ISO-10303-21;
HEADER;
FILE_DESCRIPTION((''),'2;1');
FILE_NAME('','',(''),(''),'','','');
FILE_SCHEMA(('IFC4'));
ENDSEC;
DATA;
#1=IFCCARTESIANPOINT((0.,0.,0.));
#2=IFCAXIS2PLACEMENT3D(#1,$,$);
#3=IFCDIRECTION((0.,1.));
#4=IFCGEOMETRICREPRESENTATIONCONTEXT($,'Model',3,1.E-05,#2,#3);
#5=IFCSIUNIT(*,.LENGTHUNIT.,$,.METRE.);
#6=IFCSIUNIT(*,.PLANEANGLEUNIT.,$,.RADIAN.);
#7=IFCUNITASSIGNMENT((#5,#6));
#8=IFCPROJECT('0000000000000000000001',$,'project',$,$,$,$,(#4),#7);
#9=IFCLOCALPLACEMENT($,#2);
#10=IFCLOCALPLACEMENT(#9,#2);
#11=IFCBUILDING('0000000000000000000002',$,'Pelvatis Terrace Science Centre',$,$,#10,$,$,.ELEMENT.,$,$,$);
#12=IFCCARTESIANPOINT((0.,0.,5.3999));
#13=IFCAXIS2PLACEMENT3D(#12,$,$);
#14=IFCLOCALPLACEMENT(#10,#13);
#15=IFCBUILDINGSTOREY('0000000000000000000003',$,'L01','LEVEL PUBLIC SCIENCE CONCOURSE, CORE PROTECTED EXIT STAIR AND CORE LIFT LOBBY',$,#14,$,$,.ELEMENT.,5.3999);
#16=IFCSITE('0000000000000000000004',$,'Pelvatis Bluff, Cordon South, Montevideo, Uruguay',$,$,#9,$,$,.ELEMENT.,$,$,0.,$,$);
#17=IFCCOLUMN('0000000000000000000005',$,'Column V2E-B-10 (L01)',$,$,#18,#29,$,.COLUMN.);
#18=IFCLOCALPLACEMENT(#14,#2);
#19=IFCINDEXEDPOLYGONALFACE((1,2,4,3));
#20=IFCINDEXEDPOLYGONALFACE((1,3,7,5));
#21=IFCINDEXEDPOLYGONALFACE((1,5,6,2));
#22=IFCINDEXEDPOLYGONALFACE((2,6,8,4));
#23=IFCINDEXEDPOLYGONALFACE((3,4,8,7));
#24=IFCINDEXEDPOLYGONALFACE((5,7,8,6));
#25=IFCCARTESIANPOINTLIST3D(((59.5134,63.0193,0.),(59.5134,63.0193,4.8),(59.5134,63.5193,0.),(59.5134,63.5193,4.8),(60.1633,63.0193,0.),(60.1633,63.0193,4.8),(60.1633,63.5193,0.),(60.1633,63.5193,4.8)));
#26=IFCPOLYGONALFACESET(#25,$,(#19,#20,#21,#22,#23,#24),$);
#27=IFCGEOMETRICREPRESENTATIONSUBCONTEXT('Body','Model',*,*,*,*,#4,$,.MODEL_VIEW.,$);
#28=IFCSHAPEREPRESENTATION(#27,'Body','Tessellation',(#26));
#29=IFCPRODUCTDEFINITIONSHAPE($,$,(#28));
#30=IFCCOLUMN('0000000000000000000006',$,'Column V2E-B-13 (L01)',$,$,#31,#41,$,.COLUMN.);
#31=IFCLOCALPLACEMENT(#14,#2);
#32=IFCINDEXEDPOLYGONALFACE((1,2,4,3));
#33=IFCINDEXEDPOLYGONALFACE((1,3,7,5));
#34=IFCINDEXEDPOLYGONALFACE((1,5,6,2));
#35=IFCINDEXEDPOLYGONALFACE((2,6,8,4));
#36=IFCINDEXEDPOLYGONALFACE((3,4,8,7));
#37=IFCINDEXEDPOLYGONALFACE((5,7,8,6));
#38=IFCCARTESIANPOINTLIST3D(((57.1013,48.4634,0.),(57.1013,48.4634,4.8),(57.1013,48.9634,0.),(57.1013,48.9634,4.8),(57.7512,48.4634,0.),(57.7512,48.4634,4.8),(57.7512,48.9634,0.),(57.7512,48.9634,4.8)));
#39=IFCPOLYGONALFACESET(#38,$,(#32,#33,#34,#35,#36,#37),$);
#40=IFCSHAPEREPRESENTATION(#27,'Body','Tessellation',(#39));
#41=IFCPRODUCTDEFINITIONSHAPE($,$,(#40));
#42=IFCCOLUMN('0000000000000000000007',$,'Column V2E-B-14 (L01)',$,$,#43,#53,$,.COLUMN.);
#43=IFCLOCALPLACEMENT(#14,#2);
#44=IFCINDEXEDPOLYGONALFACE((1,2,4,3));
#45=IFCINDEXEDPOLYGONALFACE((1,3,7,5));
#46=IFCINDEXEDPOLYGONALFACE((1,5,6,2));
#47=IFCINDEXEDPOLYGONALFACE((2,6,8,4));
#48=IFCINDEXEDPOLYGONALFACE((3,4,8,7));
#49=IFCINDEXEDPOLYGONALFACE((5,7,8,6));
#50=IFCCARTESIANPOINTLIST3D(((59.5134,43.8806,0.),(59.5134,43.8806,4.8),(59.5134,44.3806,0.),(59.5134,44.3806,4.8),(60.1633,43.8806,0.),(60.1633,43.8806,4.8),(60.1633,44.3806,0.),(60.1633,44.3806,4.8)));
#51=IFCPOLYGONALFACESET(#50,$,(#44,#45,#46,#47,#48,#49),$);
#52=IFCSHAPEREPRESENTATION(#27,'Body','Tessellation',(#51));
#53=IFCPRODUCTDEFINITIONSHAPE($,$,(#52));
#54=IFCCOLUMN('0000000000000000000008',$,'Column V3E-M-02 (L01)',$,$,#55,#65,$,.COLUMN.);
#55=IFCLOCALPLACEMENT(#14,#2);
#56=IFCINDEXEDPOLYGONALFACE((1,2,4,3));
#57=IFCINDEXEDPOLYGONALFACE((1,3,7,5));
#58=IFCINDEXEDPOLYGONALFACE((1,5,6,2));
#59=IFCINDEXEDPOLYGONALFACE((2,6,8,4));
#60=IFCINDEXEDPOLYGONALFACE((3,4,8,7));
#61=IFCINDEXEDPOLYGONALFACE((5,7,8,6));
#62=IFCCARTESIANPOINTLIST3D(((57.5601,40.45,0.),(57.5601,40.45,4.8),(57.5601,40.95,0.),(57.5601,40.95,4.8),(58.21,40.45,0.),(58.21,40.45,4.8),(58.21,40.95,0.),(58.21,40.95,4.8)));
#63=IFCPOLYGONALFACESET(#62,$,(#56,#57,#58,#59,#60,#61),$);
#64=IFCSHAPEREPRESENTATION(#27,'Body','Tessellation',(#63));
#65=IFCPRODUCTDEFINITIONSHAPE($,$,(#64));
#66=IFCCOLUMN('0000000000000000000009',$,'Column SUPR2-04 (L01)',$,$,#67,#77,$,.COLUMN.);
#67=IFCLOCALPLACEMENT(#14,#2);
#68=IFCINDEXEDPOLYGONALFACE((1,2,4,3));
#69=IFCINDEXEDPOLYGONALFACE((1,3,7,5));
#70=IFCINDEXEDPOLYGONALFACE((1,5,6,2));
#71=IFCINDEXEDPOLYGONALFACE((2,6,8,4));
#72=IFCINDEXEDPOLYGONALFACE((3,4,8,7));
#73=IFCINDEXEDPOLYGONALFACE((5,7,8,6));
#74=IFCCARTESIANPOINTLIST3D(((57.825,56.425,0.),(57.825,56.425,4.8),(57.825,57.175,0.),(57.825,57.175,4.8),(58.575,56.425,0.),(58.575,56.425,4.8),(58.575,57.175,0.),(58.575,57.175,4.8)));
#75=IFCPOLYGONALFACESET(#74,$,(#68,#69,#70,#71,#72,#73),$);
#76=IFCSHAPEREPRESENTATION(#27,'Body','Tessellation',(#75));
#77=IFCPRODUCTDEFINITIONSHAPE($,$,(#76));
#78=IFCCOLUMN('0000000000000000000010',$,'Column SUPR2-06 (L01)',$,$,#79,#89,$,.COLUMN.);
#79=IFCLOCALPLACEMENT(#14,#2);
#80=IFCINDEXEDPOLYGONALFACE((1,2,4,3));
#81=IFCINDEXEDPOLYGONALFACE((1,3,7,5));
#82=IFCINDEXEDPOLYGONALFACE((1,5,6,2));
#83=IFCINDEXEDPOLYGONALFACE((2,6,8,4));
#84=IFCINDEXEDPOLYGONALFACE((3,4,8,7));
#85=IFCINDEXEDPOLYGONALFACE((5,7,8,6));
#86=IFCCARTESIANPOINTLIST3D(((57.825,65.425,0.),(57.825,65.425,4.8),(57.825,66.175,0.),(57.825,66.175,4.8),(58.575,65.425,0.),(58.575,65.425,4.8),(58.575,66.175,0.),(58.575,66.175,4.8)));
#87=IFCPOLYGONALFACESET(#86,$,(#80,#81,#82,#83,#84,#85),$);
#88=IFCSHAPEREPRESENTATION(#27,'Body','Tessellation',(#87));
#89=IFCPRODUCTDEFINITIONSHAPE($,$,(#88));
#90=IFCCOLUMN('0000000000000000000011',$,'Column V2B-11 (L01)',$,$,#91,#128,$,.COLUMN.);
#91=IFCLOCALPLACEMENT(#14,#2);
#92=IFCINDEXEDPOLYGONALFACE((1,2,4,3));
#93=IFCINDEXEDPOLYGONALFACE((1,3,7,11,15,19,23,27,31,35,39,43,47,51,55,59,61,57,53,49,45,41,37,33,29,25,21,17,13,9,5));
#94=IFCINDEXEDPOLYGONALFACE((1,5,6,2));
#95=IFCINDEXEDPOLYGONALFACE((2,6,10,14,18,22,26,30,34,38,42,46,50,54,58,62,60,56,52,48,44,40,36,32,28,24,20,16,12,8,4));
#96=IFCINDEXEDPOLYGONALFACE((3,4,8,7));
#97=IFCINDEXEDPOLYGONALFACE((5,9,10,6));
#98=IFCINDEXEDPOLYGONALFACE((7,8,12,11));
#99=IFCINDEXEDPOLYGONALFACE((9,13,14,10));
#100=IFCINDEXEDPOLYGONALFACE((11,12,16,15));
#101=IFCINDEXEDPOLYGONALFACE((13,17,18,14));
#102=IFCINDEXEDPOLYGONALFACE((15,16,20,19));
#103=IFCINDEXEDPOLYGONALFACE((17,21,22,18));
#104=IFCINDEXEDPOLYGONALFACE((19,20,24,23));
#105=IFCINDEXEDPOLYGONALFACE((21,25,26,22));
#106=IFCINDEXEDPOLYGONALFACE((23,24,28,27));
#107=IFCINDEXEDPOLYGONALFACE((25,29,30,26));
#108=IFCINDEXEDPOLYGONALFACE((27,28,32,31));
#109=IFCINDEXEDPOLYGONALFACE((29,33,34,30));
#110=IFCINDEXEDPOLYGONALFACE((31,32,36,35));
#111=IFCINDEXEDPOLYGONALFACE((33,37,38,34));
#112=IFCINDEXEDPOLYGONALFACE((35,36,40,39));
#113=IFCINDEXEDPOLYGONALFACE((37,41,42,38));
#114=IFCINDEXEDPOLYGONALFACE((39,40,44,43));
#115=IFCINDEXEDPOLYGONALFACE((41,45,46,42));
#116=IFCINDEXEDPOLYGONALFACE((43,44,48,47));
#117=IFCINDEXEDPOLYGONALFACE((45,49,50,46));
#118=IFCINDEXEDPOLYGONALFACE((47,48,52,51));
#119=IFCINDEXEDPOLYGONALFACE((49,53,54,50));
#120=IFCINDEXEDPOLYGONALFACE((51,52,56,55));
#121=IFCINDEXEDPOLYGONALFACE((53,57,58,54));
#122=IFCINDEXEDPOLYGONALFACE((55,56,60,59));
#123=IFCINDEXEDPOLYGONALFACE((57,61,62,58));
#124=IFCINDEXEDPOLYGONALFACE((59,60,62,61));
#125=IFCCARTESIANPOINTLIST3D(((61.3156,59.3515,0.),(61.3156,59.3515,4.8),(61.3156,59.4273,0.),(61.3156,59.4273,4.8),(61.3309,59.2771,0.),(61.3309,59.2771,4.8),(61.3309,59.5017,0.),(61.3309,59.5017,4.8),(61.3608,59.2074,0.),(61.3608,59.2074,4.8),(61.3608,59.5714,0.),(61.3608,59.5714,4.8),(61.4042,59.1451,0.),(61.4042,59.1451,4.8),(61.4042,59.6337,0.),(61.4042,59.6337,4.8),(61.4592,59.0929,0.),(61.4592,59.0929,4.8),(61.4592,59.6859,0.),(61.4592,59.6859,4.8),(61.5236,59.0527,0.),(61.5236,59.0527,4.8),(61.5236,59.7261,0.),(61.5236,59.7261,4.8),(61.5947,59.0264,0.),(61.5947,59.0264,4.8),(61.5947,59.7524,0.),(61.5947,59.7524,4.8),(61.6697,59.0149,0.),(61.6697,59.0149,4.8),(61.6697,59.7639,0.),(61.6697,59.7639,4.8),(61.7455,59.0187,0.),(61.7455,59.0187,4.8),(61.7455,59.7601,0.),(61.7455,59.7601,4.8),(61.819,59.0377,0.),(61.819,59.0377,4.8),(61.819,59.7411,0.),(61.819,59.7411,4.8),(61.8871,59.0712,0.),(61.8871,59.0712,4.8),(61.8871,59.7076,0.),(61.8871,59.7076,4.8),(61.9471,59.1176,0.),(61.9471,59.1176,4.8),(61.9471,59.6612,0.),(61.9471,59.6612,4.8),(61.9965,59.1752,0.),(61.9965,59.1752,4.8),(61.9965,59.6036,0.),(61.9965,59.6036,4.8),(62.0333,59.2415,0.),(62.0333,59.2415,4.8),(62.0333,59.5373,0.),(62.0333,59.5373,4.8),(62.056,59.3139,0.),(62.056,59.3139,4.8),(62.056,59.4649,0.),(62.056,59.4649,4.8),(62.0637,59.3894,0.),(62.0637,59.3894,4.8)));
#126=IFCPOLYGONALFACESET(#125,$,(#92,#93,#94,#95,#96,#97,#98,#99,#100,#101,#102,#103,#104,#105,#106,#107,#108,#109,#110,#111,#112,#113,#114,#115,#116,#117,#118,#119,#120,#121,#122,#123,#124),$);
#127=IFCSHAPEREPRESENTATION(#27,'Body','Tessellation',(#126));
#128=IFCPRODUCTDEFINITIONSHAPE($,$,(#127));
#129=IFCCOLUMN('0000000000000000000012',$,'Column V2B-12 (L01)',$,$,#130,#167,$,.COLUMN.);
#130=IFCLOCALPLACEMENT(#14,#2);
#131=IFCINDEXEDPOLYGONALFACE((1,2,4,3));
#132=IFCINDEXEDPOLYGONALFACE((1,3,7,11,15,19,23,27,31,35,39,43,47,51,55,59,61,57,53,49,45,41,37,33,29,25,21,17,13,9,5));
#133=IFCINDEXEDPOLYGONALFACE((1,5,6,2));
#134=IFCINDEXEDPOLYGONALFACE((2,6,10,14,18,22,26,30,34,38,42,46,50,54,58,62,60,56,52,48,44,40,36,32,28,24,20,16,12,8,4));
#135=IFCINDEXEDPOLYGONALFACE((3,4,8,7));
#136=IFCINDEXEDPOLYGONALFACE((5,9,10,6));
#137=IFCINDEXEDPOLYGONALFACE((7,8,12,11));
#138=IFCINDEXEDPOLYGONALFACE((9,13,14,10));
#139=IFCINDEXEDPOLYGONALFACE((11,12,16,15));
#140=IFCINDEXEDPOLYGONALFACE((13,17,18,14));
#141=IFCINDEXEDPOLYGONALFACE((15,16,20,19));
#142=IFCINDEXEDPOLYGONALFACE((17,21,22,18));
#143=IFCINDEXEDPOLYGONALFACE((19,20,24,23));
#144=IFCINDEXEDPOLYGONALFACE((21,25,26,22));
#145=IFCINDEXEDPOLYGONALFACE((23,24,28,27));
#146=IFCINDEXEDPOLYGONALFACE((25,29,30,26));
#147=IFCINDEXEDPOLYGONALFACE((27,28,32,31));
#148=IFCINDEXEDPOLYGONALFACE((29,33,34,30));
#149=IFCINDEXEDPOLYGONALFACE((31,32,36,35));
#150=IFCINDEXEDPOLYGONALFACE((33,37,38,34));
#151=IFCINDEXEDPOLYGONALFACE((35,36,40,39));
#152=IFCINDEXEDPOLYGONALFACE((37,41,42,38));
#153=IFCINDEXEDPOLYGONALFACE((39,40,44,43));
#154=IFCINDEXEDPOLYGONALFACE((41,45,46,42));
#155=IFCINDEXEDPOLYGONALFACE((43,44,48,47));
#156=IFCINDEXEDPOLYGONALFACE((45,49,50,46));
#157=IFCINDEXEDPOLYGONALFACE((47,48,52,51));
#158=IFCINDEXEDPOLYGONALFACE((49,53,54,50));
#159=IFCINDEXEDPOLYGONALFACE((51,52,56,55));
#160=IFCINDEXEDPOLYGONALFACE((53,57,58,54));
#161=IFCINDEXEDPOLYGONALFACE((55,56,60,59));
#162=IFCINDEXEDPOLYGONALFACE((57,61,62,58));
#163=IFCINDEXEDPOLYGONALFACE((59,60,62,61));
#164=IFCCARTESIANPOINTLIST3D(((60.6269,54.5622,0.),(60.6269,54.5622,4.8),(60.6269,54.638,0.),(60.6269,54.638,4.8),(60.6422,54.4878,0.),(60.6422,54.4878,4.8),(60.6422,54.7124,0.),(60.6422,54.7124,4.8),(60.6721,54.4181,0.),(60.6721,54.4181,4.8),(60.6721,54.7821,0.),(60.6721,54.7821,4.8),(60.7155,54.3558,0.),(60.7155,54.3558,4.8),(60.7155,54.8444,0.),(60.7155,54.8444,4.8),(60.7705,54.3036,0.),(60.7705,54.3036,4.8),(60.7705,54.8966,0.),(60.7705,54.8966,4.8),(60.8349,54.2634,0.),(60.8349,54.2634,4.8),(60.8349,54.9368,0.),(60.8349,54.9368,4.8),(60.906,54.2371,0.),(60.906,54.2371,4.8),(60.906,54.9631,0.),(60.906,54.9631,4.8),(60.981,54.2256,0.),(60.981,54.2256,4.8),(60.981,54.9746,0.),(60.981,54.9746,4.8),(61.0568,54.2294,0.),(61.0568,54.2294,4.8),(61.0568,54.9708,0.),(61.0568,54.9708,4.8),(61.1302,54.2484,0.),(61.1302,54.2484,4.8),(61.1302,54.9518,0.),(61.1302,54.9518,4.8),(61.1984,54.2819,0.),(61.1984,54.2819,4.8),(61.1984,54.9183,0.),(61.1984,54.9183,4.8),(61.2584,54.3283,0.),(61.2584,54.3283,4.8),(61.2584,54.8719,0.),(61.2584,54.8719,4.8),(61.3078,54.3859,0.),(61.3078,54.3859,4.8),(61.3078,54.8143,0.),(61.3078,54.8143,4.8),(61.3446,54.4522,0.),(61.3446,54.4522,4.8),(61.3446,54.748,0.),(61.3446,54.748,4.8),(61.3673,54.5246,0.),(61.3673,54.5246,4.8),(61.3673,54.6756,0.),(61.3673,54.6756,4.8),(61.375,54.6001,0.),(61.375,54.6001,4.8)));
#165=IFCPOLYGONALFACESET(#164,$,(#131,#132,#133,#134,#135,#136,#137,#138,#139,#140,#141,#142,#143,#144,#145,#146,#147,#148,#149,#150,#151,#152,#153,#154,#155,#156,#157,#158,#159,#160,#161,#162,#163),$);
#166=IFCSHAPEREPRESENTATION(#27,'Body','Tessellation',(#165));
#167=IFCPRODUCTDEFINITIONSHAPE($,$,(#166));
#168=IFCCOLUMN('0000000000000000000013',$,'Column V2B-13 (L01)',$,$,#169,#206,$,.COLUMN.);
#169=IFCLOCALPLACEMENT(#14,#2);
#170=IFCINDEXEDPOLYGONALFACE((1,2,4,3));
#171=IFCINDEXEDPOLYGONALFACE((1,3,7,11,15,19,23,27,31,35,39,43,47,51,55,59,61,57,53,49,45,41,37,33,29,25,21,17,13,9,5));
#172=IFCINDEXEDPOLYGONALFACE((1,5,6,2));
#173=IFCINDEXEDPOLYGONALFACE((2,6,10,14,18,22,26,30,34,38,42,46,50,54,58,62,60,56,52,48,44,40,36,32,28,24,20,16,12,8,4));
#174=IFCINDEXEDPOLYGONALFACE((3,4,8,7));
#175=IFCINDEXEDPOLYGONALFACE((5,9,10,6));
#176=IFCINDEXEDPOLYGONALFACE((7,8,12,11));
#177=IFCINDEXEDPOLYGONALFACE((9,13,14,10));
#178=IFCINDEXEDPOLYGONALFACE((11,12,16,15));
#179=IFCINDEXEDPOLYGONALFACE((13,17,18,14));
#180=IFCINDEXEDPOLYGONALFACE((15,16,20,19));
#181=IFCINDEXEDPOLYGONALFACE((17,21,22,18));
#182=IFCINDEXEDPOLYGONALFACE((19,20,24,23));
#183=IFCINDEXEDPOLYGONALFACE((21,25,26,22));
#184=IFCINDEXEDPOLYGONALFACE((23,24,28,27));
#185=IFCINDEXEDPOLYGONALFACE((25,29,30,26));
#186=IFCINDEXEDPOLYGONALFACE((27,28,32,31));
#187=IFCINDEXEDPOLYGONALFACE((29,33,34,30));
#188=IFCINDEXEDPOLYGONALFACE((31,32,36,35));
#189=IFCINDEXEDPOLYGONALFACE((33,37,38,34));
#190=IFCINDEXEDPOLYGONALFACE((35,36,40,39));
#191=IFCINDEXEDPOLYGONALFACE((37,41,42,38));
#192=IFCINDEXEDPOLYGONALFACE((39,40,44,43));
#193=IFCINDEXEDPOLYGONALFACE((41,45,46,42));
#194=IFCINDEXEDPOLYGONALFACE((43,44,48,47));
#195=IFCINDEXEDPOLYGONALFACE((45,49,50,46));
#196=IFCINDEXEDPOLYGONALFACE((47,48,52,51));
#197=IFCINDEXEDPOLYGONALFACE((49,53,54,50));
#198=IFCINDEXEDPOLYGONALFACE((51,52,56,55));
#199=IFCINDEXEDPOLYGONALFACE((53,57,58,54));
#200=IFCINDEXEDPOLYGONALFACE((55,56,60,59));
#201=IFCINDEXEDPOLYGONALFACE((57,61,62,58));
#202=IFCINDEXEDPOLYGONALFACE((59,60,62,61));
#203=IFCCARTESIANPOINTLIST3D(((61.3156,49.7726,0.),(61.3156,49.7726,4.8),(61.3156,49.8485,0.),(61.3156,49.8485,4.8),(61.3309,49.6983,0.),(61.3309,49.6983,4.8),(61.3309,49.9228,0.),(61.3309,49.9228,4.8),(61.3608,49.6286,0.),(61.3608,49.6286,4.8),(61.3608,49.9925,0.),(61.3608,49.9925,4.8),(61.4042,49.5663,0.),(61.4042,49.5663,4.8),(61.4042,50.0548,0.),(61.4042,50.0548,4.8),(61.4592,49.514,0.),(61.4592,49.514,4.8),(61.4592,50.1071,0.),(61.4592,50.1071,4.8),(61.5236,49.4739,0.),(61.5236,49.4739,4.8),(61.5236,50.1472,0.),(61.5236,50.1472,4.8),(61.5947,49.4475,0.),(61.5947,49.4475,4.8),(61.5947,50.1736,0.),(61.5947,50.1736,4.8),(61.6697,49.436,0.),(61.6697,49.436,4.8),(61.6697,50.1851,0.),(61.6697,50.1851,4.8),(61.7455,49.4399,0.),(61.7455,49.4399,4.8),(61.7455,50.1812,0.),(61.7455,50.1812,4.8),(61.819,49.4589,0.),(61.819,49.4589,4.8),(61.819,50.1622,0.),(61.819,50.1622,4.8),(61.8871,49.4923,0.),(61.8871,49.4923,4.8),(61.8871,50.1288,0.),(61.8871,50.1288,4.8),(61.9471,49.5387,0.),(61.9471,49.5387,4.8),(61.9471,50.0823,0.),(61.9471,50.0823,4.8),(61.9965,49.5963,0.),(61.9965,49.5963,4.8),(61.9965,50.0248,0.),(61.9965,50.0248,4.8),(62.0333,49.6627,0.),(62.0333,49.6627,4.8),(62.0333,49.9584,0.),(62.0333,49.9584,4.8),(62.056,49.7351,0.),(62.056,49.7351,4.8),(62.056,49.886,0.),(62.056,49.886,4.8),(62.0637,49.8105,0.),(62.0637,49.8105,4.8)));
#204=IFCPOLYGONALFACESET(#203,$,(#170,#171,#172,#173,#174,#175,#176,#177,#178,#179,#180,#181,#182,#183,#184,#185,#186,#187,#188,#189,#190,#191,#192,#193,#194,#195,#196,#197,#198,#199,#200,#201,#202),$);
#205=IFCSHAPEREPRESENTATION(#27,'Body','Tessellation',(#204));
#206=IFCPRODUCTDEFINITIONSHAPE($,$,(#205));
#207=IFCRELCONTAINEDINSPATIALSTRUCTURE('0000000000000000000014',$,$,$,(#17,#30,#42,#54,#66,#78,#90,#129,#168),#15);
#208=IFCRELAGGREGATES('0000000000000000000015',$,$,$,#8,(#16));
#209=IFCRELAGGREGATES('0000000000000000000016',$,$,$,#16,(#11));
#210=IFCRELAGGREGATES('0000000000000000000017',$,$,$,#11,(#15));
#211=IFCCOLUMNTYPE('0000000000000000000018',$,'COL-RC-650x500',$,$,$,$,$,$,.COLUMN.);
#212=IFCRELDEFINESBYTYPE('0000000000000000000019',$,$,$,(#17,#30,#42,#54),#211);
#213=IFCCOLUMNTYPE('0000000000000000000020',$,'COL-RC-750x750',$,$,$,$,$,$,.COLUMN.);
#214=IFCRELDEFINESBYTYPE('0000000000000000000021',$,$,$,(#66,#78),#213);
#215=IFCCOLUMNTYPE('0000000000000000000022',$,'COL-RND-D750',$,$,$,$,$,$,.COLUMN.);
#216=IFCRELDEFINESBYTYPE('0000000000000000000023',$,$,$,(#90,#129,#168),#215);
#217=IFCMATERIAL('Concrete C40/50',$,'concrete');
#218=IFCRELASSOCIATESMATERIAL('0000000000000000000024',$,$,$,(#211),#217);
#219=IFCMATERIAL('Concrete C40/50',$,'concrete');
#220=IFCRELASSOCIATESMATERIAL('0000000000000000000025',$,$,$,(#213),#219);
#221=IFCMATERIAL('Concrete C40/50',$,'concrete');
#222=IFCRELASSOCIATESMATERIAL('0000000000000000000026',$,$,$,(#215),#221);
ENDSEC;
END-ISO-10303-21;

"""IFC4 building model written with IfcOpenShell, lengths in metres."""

from ifc_helpers import new_model, si_unit, direction, frame, origin, origin_2d, place, context, subcontext, project, spatial, rectangle, circle, extrude, material, material_profile, profile_set, type_object, element, save


model = new_model("IFC4")

# Units and contexts
model_context = context("Model", 3, precision=1e-05, world=origin(), true_north=direction((0.0, 1.0)))
body_context = subcontext(model_context, "Body", "Model", "MODEL_VIEW")
ifc_project = project(units=[si_unit("LENGTHUNIT", "METRE"), si_unit("PLANEANGLEUNIT", "RADIAN")], contexts=[model_context])

# Site, building, storey
site_placement = place(None, origin())
site = spatial("IfcSite", under=ifc_project, at=site_placement, Name="Pelvatis Bluff, Cordon South, Montevideo, Uruguay", CompositionType="ELEMENT", RefElevation=0.0)
building_placement = place(site_placement, origin())
building = spatial("IfcBuilding", under=site, at=building_placement, Name="Pelvatis Terrace Science Centre", CompositionType="ELEMENT")
storey_placement = place(building_placement, frame((0.0, 0.0, 5.3999)))
storey = spatial("IfcBuildingStorey", under=building, at=storey_placement, Name="L01", Description="LEVEL PUBLIC SCIENCE CONCOURSE, CORE PROTECTED EXIT STAIR AND CORE LIFT LOBBY", CompositionType="ELEMENT", Elevation=5.3999)

# Columns
ifc_material_1 = material(Name="Concrete C40/50", Category="concrete")
ifc_material_profile_1 = material_profile(ifc_material_1, rectangle(XDim=0.6499, YDim=0.5, at=origin_2d()), Name="RC-COL 650x500")
ifc_profile_set_1 = profile_set([ifc_material_profile_1], Name="Concrete C40/50")
column_type_1 = type_object("IfcColumnType", Name="COL-RC-650x500", PredefinedType="COLUMN", material=ifc_profile_set_1)
for number, where, z_axis, x_axis, name in (
    (1, (59.8384, 63.2693, 0.0), (0.0, 0.0, 1.0), (1.0, 0.0, 0.0), "Column V2E-B-10 (L01)"),
    (2, (57.4263, 48.7134, 0.0), (0.0, 0.0, 1.0), (1.0, 0.0, 0.0), "Column V2E-B-13 (L01)"),
    (3, (59.8384, 44.1306, 0.0), (0.0, 0.0, 1.0), (1.0, 0.0, 0.0), "Column V2E-B-14 (L01)"),
    (4, (57.885, 40.7, 0.0), (0.0, 0.0, 1.0), (1.0, 0.0, 0.0), "Column V3E-M-02 (L01)"),
):
    element("IfcColumn", number, at=place(storey_placement, frame(where, z_axis=z_axis, x_axis=x_axis)), inside=storey, type_object=column_type_1, Name=name, PredefinedType="COLUMN", context=body_context, shape_type="SweptSolid", body=[
        extrude(rectangle(XDim=0.6499, YDim=0.5, at=origin_2d()), origin(), (0.0, 0.0, 1.0), 4.8),
    ])
ifc_material_2 = material(Name="Concrete C40/50", Category="concrete")
ifc_material_profile_2 = material_profile(ifc_material_2, rectangle(XDim=0.75, YDim=0.75, at=origin_2d()), Name="RC-COL 750x750")
ifc_profile_set_2 = profile_set([ifc_material_profile_2], Name="Concrete C40/50")
column_type_2 = type_object("IfcColumnType", Name="COL-RC-750x750", PredefinedType="COLUMN", material=ifc_profile_set_2)
for number, where, z_axis, x_axis, name in (
    (5, (58.2, 56.8, 0.0), (0.0, 0.0, 1.0), (1.0, 0.0, 0.0), "Column SUPR2-04 (L01)"),
    (6, (58.2, 65.8, 0.0), (0.0, 0.0, 1.0), (1.0, 0.0, 0.0), "Column SUPR2-06 (L01)"),
):
    element("IfcColumn", number, at=place(storey_placement, frame(where, z_axis=z_axis, x_axis=x_axis)), inside=storey, type_object=column_type_2, Name=name, PredefinedType="COLUMN", context=body_context, shape_type="SweptSolid", body=[
        extrude(rectangle(XDim=0.75, YDim=0.75, at=origin_2d()), origin(), (0.0, 0.0, 1.0), 4.8),
    ])
ifc_material_3 = material(Name="Concrete C40/50", Category="concrete")
ifc_material_profile_3 = material_profile(ifc_material_3, circle(Radius=0.375, at=origin_2d()), Name="RC-RCOL D750")
ifc_profile_set_3 = profile_set([ifc_material_profile_3], Name="Concrete C40/50")
column_type_3 = type_object("IfcColumnType", Name="COL-RND-D750", PredefinedType="COLUMN", material=ifc_profile_set_3)
for number, where, z_axis, x_axis, name in (
    (7, (61.6887, 59.3894, 0.0), (0.0, 0.0, 1.0), (1.0, 0.0, 0.0), "Column V2B-11 (L01)"),
    (8, (61.0, 54.6001, 0.0), (0.0, 0.0, 1.0), (1.0, 0.0, 0.0), "Column V2B-12 (L01)"),
    (9, (61.6887, 49.8105, 0.0), (0.0, 0.0, 1.0), (1.0, 0.0, 0.0), "Column V2B-13 (L01)"),
):
    element("IfcColumn", number, at=place(storey_placement, frame(where, z_axis=z_axis, x_axis=x_axis)), inside=storey, type_object=column_type_3, Name=name, PredefinedType="COLUMN", context=body_context, shape_type="SweptSolid", body=[
        extrude(circle(Radius=0.375, at=origin_2d()), origin(), (0.0, 0.0, 1.0), 4.8),
    ])

save(model, "model.ifc")
